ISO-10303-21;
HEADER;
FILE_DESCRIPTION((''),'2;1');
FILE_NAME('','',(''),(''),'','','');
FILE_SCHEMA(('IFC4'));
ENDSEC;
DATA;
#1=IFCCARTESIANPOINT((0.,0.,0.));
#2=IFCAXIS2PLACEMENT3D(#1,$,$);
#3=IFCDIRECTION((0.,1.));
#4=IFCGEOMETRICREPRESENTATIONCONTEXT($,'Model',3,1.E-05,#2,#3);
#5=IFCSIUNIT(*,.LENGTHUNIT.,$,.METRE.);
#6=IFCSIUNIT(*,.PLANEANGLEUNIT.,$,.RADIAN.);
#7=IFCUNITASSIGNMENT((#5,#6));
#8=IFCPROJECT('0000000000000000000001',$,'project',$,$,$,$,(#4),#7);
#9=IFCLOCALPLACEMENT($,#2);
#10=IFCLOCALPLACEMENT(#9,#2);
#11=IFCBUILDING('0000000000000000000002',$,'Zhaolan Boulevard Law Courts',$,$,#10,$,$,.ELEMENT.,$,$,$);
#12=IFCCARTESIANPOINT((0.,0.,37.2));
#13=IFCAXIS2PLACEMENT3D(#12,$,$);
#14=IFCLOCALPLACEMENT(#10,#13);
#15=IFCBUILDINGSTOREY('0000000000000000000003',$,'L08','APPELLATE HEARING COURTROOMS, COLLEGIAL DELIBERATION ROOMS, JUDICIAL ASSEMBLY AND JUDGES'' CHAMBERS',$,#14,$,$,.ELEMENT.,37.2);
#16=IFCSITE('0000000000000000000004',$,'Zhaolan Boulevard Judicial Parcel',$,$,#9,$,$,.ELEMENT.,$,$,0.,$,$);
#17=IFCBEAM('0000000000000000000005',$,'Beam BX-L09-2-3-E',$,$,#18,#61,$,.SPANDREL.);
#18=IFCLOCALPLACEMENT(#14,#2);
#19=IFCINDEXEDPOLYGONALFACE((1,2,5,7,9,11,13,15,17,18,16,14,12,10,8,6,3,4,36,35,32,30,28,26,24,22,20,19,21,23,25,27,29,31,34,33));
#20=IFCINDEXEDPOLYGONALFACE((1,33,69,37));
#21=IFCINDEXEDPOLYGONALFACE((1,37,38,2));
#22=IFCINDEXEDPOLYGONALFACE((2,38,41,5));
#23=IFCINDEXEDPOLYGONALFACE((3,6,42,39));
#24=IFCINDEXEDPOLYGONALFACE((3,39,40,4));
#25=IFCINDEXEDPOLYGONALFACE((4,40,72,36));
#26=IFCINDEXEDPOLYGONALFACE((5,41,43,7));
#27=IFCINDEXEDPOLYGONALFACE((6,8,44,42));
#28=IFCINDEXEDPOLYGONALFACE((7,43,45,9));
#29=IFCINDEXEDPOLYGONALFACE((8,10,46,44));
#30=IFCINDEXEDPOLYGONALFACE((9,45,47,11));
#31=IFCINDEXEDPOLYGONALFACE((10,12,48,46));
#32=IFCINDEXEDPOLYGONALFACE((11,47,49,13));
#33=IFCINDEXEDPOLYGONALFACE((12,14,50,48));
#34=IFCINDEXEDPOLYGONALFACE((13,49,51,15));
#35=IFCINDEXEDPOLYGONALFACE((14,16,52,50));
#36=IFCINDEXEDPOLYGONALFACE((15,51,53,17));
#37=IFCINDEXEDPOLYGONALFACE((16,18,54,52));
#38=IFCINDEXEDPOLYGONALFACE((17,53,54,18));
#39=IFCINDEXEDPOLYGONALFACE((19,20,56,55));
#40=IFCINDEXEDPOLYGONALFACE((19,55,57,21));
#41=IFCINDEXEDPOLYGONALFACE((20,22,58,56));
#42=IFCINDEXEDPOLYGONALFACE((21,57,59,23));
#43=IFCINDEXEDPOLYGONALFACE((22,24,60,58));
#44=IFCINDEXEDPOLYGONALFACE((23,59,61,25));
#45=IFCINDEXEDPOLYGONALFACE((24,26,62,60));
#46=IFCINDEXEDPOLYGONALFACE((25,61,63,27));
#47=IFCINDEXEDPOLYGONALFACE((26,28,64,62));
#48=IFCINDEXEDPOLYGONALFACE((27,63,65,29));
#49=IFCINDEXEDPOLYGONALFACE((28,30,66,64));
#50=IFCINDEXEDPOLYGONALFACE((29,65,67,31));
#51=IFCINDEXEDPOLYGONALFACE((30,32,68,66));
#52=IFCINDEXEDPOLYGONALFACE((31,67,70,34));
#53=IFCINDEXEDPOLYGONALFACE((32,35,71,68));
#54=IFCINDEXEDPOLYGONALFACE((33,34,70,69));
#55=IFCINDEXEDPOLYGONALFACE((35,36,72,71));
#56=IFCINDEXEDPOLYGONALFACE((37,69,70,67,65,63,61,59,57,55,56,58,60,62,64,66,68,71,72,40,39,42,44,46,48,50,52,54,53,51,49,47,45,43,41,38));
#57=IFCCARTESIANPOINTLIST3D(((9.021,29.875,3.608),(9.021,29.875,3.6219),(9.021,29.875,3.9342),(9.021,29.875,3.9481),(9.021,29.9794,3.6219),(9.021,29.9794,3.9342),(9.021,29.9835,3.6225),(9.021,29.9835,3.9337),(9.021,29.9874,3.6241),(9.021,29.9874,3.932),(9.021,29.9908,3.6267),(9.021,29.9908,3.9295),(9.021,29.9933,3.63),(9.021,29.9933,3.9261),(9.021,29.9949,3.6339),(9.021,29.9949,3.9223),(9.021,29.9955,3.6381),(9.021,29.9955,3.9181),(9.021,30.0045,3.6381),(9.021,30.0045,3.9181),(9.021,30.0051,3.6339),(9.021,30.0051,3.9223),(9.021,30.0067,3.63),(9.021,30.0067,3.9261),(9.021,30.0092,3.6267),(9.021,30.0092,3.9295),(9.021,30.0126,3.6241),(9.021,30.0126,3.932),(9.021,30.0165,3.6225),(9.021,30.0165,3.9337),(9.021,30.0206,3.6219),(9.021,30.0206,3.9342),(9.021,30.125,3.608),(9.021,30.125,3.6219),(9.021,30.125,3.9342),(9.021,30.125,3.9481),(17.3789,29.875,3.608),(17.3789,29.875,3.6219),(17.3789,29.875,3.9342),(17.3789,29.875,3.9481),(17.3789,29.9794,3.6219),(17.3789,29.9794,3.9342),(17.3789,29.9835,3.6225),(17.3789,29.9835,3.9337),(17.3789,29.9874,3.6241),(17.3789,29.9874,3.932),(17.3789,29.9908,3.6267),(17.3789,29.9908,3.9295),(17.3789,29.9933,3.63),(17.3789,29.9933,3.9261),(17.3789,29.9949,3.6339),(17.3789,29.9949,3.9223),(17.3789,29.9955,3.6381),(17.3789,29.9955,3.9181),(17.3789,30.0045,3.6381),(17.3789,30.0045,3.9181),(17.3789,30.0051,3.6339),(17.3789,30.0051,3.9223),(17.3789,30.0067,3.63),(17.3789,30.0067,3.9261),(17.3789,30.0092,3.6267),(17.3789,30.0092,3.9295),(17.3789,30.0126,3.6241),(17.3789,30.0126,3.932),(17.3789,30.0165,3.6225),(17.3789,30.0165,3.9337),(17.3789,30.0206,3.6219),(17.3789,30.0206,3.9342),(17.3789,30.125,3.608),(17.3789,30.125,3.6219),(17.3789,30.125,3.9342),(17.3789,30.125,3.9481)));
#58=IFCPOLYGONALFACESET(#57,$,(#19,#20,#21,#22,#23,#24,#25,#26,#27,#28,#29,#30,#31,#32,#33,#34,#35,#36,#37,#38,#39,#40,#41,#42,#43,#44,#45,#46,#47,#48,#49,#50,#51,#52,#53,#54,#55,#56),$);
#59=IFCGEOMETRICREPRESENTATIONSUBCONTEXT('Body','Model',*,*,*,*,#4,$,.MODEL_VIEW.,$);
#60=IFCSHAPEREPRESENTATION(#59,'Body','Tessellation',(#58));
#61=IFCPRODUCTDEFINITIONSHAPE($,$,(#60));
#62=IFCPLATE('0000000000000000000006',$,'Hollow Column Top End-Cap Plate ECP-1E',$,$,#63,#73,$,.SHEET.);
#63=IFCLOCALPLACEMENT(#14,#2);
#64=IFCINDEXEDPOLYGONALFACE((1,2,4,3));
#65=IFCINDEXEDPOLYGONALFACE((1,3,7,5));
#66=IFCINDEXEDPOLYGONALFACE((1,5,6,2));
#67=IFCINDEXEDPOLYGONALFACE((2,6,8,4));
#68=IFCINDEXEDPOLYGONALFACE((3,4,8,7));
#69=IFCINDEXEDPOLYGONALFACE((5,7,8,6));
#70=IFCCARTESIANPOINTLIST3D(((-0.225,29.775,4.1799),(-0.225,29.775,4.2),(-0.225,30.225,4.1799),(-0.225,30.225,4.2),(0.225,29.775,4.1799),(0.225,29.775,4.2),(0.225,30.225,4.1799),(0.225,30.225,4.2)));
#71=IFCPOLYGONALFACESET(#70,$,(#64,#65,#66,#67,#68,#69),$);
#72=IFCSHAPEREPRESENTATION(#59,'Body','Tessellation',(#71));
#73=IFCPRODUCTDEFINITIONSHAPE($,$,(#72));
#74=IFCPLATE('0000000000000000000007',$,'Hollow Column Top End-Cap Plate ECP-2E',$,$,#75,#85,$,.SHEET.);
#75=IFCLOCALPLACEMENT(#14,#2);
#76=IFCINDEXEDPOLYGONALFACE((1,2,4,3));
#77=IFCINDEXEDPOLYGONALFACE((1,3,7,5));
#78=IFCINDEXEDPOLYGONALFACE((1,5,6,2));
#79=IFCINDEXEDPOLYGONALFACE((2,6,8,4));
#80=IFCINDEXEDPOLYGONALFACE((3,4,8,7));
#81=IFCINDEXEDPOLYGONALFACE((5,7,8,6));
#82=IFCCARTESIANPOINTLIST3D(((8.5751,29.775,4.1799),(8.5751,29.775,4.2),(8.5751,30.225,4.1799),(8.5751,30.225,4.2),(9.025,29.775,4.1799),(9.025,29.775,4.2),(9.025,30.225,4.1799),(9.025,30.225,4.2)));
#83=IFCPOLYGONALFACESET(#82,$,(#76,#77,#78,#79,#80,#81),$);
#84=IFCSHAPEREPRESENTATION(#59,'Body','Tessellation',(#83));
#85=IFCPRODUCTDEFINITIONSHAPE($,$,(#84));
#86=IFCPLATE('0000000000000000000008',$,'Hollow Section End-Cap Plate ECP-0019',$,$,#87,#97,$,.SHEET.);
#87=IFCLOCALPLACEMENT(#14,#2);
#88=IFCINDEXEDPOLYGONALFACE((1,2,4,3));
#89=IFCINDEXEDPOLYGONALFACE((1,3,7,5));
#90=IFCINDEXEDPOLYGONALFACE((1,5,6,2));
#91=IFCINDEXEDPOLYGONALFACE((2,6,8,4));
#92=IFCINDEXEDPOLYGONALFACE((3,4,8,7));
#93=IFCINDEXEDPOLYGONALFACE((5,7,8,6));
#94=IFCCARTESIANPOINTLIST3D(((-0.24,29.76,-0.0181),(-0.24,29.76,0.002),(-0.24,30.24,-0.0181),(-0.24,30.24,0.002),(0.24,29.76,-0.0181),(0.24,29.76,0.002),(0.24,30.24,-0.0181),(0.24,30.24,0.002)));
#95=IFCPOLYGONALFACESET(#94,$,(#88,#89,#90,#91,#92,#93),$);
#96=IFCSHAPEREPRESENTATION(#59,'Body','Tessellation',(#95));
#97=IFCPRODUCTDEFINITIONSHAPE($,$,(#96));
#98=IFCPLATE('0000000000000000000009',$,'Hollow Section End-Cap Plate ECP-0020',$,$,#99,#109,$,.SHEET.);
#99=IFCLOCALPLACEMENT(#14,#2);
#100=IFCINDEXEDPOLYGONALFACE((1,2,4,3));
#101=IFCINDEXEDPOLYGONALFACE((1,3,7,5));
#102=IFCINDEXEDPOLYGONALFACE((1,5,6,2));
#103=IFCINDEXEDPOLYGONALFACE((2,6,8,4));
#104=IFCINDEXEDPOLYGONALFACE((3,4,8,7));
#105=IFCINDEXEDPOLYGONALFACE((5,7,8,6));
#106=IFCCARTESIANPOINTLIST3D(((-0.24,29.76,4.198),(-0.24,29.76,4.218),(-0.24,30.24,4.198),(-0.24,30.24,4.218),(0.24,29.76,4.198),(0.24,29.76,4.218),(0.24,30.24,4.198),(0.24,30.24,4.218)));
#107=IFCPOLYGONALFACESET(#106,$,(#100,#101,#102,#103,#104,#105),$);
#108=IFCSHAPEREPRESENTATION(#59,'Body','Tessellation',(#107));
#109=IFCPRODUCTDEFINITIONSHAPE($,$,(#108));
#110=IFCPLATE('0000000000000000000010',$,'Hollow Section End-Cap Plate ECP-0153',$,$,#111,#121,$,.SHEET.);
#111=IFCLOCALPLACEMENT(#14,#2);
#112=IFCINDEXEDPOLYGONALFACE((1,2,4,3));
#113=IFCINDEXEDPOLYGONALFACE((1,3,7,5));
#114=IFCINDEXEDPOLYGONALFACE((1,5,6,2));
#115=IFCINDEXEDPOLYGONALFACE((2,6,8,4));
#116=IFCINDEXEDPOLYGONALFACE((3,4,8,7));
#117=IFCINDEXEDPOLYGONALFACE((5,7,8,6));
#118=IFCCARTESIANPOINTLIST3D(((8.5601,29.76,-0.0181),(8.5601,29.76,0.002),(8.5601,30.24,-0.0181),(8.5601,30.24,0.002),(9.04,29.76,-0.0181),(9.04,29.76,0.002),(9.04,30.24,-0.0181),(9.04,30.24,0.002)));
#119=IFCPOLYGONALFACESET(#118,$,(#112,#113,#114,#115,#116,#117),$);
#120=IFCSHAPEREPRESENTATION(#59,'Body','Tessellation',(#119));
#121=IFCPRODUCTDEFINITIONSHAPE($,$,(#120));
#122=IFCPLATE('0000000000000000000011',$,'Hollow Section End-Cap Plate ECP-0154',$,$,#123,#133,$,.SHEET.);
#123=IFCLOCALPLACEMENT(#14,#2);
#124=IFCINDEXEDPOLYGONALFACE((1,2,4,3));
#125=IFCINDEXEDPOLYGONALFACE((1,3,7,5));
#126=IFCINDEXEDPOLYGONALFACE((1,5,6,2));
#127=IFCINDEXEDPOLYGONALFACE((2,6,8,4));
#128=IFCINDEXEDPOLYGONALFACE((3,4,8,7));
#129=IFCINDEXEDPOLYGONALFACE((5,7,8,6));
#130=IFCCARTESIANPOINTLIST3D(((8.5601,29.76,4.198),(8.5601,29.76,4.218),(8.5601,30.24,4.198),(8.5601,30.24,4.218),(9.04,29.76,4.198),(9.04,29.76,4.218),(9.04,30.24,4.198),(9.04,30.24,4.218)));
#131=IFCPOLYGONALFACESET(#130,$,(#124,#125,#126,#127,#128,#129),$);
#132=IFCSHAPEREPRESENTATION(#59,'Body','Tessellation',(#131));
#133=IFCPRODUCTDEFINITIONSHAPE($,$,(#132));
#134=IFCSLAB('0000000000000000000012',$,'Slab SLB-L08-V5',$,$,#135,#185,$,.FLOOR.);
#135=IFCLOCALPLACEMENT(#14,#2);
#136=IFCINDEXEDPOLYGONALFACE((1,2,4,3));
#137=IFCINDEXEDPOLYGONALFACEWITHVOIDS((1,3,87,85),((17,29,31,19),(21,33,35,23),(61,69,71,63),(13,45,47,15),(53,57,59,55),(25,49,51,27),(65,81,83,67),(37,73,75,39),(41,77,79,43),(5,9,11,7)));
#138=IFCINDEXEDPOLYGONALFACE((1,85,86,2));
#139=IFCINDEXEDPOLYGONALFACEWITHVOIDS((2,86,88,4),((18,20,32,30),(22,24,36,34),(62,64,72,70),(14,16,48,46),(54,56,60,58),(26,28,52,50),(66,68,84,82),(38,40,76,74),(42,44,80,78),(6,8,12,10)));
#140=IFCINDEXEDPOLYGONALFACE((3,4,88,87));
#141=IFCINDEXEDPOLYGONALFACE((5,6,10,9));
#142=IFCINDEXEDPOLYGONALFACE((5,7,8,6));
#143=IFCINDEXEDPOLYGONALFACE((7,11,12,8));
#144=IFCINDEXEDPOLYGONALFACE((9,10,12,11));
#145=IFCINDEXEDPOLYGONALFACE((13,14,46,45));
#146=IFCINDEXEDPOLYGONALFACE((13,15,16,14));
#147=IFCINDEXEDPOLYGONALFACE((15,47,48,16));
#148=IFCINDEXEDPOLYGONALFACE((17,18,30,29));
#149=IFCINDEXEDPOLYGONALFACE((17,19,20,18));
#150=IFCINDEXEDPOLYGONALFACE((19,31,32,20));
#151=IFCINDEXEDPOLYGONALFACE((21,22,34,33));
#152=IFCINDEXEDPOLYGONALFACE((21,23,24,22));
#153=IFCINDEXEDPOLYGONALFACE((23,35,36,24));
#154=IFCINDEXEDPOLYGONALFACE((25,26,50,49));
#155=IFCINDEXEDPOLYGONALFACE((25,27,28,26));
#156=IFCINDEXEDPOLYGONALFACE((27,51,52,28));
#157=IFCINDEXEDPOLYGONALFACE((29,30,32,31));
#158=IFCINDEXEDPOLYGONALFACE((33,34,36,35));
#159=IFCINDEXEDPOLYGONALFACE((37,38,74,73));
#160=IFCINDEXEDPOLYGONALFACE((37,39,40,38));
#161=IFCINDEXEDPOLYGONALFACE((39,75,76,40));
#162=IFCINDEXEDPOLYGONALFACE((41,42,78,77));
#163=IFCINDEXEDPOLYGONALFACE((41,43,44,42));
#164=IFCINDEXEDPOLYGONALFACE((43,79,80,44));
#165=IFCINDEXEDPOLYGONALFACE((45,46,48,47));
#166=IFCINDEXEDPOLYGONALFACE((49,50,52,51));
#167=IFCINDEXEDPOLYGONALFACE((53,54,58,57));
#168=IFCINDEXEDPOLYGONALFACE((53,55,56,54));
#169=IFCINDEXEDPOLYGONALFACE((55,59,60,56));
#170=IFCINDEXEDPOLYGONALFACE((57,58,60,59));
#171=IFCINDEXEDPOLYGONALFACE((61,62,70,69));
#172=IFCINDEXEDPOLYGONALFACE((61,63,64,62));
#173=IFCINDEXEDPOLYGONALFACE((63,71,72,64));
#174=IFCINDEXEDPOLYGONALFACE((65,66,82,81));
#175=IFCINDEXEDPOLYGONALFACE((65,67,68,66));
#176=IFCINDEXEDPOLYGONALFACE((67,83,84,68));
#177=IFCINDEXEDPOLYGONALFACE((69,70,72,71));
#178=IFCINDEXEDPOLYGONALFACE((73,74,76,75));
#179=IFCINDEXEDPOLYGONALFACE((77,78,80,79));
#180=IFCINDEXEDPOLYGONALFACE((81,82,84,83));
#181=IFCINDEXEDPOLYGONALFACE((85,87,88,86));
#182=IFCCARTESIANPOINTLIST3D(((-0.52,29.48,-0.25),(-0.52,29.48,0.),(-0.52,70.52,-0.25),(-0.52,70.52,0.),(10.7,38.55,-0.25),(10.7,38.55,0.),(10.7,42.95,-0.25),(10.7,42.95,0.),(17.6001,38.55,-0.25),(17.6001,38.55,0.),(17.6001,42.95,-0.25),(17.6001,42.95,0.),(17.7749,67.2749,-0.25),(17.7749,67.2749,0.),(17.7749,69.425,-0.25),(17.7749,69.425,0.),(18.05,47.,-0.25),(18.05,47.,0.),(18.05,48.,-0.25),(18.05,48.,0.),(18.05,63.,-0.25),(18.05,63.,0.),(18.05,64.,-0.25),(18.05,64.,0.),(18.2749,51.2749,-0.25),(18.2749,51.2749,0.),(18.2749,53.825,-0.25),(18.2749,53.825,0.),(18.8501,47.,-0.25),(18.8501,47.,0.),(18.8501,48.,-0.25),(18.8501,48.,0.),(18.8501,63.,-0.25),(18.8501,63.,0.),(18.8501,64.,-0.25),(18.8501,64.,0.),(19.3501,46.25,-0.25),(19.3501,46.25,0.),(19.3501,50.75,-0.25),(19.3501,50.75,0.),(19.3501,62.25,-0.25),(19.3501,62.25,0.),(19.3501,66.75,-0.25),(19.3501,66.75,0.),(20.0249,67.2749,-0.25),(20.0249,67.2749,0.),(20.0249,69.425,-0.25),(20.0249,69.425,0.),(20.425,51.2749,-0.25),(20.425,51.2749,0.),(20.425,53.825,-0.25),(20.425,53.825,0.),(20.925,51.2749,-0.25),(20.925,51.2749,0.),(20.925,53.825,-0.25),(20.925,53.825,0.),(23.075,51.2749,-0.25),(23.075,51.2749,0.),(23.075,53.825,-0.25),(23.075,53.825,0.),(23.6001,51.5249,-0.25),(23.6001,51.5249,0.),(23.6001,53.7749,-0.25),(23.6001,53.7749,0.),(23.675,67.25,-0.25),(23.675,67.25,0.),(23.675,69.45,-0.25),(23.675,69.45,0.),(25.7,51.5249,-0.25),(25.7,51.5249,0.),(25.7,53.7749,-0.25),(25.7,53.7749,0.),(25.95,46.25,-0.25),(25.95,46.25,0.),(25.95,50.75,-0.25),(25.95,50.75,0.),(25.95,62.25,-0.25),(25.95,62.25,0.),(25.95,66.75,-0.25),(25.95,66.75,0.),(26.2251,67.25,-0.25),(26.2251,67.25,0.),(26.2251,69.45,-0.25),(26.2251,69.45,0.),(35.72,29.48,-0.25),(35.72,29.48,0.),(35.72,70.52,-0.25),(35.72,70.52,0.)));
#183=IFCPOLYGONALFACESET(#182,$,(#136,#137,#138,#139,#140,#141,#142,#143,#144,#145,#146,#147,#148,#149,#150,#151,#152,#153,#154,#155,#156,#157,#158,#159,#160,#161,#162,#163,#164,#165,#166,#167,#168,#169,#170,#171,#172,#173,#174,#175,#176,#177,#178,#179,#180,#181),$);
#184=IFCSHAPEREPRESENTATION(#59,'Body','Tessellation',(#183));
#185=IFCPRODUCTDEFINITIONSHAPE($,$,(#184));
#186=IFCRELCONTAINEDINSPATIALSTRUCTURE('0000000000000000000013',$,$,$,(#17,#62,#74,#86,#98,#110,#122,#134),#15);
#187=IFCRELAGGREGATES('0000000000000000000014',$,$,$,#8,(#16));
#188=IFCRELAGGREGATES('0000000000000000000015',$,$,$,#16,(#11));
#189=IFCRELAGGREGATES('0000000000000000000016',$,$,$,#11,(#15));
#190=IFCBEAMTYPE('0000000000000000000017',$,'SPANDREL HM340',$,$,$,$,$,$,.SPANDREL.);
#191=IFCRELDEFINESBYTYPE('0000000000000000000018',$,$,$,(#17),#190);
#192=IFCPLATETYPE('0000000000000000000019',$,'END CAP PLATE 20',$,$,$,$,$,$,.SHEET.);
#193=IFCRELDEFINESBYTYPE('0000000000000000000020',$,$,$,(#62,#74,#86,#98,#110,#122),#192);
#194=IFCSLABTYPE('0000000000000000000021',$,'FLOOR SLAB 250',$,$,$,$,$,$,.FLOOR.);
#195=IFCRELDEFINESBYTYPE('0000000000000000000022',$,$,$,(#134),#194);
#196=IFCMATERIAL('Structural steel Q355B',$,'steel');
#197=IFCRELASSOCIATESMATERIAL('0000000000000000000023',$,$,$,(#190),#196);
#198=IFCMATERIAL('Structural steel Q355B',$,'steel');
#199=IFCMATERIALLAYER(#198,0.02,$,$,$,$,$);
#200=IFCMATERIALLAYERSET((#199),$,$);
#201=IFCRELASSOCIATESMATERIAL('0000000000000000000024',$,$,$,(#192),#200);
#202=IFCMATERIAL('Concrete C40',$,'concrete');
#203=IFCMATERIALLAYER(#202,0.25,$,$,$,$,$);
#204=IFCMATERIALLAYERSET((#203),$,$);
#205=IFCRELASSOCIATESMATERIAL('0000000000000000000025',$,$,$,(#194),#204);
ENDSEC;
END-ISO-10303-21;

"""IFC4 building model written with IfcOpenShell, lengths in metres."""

from ifc_helpers import new_model, si_unit, direction, frame, origin, origin_2d, place, context, subcontext, project, spatial, polyline, rectangle, i_section, outline, extrude, material, layer, layer_set, material_profile, profile_set, type_object, element, save


model = new_model("IFC4")

# Units and contexts
model_context = context("Model", 3, precision=1e-05, world=origin(), true_north=direction((0.0, 1.0)))
body_context = subcontext(model_context, "Body", "Model", "MODEL_VIEW")
ifc_project = project(units=[si_unit("LENGTHUNIT", "METRE"), si_unit("PLANEANGLEUNIT", "RADIAN")], contexts=[model_context])

# Site, building, storey
site_placement = place(None, origin())
site = spatial("IfcSite", under=ifc_project, at=site_placement, Name="Zhaolan Boulevard Judicial Parcel", CompositionType="ELEMENT", RefElevation=0.0)
building_placement = place(site_placement, origin())
building = spatial("IfcBuilding", under=site, at=building_placement, Name="Zhaolan Boulevard Law Courts", CompositionType="ELEMENT")
storey_placement = place(building_placement, frame((0.0, 0.0, 37.2)))
storey = spatial("IfcBuildingStorey", under=building, at=storey_placement, Name="L08", Description="APPELLATE HEARING COURTROOMS, COLLEGIAL DELIBERATION ROOMS, JUDICIAL ASSEMBLY AND JUDGES' CHAMBERS", CompositionType="ELEMENT", Elevation=37.2)

# Beam
ifc_material_1 = material(Name="Structural steel Q355B", Category="steel")
ifc_material_profile_1 = material_profile(ifc_material_1, i_section(OverallWidth=0.25, OverallDepth=0.3401, WebThickness=0.009, FlangeThickness=0.0139, FilletRadius=0.0161, at=origin_2d()), Name="HM340x250")
ifc_profile_set_1 = profile_set([ifc_material_profile_1], Name="Structural steel Q355B")
beam_type = type_object("IfcBeamType", Name="SPANDREL HM340", PredefinedType="SPANDREL", material=ifc_profile_set_1)
beam_1_placement = place(storey_placement, frame((9.021, 30.0, 3.7781), z_axis=(1.0, 0.0, 0.0), x_axis=(0.0, 1.0, 0.0)))
element("IfcBeam", 1, at=beam_1_placement, inside=storey, type_object=beam_type, Name="Beam BX-L09-2-3-E", PredefinedType="SPANDREL", context=body_context, shape_type="SweptSolid", body=[
    extrude(i_section(OverallWidth=0.25, OverallDepth=0.3401, WebThickness=0.009, FlangeThickness=0.0139, FilletRadius=0.0161, at=origin_2d()), origin(), (0.0, 0.0, 1.0), 8.3579),
])

# Plates
ifc_material_2 = material(Name="Structural steel Q355B", Category="steel")
ifc_layer_1 = layer(ifc_material_2, 0.02)
ifc_layer_set_1 = layer_set([ifc_layer_1])
plate_type = type_object("IfcPlateType", Name="END CAP PLATE 20", PredefinedType="SHEET", material=ifc_layer_set_1)
for number, where, z_axis, x_axis, name in (
    (2, (0.0, 30.0, 4.1799), (0.0, 0.0, 1.0), (1.0, 0.0, 0.0), "Hollow Column Top End-Cap Plate ECP-1E"),
    (3, (8.8, 30.0, 4.1799), (0.0, 0.0, 1.0), (1.0, 0.0, 0.0), "Hollow Column Top End-Cap Plate ECP-2E"),
):
    element("IfcPlate", number, at=place(storey_placement, frame(where, z_axis=z_axis, x_axis=x_axis)), inside=storey, type_object=plate_type, Name=name, PredefinedType="SHEET", context=body_context, shape_type="SweptSolid", body=[
        extrude(rectangle(XDim=0.45, YDim=0.45, at=origin_2d()), origin(), (0.0, 0.0, 1.0), 0.02),
    ])
for number, where, z_axis, x_axis, name in (
    (4, (0.0, 30.0, -0.0181), (0.0, 0.0, 1.0), (1.0, 0.0, 0.0), "Hollow Section End-Cap Plate ECP-0019"),
    (5, (0.0, 30.0, 4.198), (0.0, 0.0, 1.0), (1.0, 0.0, 0.0), "Hollow Section End-Cap Plate ECP-0020"),
    (6, (8.8, 30.0, -0.0181), (0.0, 0.0, 1.0), (1.0, 0.0, 0.0), "Hollow Section End-Cap Plate ECP-0153"),
    (7, (8.8, 30.0, 4.198), (0.0, 0.0, 1.0), (1.0, 0.0, 0.0), "Hollow Section End-Cap Plate ECP-0154"),
):
    element("IfcPlate", number, at=place(storey_placement, frame(where, z_axis=z_axis, x_axis=x_axis)), inside=storey, type_object=plate_type, Name=name, PredefinedType="SHEET", context=body_context, shape_type="SweptSolid", body=[
        extrude(rectangle(XDim=0.48, YDim=0.48, at=origin_2d()), origin(), (0.0, 0.0, 1.0), 0.02),
    ])

# Slab
ifc_material_3 = material(Name="Concrete C40", Category="concrete")
ifc_layer_2 = layer(ifc_material_3, 0.25)
ifc_layer_set_2 = layer_set([ifc_layer_2])
slab_type_1 = type_object("IfcSlabType", Name="FLOOR SLAB 250", PredefinedType="FLOOR", material=ifc_layer_set_2)
slab_1_placement = place(storey_placement, frame((0.0, 0.0, -0.25)))
element("IfcSlab", 8, at=slab_1_placement, inside=storey, type_object=slab_type_1, Name="Slab SLB-L08-V5", PredefinedType="FLOOR", context=body_context, shape_type="SweptSolid", body=[
    extrude(outline(polyline([(-0.52, 29.48), (35.72, 29.48), (35.72, 70.52), (-0.52, 70.52), (-0.52, 29.48)]), holes=[polyline([(18.2749, 51.2749), (20.425, 51.2749), (20.425, 53.825), (18.2749, 53.825), (18.2749, 51.2749)]), polyline([(20.925, 51.2749), (23.075, 51.2749), (23.075, 53.825), (20.925, 53.825), (20.925, 51.2749)]), polyline([(23.675, 67.25), (26.2251, 67.25), (26.2251, 69.45), (23.675, 69.45), (23.675, 67.25)]), polyline([(23.6001, 51.5249), (25.7, 51.5249), (25.7, 53.7749), (23.6001, 53.7749), (23.6001, 51.5249)]), polyline([(17.7749, 67.2749), (20.0249, 67.2749), (20.0249, 69.425), (17.7749, 69.425), (17.7749, 67.2749)]), polyline([(19.3501, 46.25), (25.95, 46.25), (25.95, 50.75), (19.3501, 50.75), (19.3501, 46.25)]), polyline([(19.3501, 62.25), (25.95, 62.25), (25.95, 66.75), (19.3501, 66.75), (19.3501, 62.25)]), polyline([(10.7, 38.55), (17.6001, 38.55), (17.6001, 42.95), (10.7, 42.95), (10.7, 38.55)]), polyline([(18.05, 47.0), (18.8501, 47.0), (18.8501, 48.0), (18.05, 48.0), (18.05, 47.0)]), polyline([(18.05, 63.0), (18.8501, 63.0), (18.8501, 64.0), (18.05, 64.0), (18.05, 63.0)])]), origin(), (0.0, 0.0, 1.0), 0.25),
])

save(model, "model.ifc")
